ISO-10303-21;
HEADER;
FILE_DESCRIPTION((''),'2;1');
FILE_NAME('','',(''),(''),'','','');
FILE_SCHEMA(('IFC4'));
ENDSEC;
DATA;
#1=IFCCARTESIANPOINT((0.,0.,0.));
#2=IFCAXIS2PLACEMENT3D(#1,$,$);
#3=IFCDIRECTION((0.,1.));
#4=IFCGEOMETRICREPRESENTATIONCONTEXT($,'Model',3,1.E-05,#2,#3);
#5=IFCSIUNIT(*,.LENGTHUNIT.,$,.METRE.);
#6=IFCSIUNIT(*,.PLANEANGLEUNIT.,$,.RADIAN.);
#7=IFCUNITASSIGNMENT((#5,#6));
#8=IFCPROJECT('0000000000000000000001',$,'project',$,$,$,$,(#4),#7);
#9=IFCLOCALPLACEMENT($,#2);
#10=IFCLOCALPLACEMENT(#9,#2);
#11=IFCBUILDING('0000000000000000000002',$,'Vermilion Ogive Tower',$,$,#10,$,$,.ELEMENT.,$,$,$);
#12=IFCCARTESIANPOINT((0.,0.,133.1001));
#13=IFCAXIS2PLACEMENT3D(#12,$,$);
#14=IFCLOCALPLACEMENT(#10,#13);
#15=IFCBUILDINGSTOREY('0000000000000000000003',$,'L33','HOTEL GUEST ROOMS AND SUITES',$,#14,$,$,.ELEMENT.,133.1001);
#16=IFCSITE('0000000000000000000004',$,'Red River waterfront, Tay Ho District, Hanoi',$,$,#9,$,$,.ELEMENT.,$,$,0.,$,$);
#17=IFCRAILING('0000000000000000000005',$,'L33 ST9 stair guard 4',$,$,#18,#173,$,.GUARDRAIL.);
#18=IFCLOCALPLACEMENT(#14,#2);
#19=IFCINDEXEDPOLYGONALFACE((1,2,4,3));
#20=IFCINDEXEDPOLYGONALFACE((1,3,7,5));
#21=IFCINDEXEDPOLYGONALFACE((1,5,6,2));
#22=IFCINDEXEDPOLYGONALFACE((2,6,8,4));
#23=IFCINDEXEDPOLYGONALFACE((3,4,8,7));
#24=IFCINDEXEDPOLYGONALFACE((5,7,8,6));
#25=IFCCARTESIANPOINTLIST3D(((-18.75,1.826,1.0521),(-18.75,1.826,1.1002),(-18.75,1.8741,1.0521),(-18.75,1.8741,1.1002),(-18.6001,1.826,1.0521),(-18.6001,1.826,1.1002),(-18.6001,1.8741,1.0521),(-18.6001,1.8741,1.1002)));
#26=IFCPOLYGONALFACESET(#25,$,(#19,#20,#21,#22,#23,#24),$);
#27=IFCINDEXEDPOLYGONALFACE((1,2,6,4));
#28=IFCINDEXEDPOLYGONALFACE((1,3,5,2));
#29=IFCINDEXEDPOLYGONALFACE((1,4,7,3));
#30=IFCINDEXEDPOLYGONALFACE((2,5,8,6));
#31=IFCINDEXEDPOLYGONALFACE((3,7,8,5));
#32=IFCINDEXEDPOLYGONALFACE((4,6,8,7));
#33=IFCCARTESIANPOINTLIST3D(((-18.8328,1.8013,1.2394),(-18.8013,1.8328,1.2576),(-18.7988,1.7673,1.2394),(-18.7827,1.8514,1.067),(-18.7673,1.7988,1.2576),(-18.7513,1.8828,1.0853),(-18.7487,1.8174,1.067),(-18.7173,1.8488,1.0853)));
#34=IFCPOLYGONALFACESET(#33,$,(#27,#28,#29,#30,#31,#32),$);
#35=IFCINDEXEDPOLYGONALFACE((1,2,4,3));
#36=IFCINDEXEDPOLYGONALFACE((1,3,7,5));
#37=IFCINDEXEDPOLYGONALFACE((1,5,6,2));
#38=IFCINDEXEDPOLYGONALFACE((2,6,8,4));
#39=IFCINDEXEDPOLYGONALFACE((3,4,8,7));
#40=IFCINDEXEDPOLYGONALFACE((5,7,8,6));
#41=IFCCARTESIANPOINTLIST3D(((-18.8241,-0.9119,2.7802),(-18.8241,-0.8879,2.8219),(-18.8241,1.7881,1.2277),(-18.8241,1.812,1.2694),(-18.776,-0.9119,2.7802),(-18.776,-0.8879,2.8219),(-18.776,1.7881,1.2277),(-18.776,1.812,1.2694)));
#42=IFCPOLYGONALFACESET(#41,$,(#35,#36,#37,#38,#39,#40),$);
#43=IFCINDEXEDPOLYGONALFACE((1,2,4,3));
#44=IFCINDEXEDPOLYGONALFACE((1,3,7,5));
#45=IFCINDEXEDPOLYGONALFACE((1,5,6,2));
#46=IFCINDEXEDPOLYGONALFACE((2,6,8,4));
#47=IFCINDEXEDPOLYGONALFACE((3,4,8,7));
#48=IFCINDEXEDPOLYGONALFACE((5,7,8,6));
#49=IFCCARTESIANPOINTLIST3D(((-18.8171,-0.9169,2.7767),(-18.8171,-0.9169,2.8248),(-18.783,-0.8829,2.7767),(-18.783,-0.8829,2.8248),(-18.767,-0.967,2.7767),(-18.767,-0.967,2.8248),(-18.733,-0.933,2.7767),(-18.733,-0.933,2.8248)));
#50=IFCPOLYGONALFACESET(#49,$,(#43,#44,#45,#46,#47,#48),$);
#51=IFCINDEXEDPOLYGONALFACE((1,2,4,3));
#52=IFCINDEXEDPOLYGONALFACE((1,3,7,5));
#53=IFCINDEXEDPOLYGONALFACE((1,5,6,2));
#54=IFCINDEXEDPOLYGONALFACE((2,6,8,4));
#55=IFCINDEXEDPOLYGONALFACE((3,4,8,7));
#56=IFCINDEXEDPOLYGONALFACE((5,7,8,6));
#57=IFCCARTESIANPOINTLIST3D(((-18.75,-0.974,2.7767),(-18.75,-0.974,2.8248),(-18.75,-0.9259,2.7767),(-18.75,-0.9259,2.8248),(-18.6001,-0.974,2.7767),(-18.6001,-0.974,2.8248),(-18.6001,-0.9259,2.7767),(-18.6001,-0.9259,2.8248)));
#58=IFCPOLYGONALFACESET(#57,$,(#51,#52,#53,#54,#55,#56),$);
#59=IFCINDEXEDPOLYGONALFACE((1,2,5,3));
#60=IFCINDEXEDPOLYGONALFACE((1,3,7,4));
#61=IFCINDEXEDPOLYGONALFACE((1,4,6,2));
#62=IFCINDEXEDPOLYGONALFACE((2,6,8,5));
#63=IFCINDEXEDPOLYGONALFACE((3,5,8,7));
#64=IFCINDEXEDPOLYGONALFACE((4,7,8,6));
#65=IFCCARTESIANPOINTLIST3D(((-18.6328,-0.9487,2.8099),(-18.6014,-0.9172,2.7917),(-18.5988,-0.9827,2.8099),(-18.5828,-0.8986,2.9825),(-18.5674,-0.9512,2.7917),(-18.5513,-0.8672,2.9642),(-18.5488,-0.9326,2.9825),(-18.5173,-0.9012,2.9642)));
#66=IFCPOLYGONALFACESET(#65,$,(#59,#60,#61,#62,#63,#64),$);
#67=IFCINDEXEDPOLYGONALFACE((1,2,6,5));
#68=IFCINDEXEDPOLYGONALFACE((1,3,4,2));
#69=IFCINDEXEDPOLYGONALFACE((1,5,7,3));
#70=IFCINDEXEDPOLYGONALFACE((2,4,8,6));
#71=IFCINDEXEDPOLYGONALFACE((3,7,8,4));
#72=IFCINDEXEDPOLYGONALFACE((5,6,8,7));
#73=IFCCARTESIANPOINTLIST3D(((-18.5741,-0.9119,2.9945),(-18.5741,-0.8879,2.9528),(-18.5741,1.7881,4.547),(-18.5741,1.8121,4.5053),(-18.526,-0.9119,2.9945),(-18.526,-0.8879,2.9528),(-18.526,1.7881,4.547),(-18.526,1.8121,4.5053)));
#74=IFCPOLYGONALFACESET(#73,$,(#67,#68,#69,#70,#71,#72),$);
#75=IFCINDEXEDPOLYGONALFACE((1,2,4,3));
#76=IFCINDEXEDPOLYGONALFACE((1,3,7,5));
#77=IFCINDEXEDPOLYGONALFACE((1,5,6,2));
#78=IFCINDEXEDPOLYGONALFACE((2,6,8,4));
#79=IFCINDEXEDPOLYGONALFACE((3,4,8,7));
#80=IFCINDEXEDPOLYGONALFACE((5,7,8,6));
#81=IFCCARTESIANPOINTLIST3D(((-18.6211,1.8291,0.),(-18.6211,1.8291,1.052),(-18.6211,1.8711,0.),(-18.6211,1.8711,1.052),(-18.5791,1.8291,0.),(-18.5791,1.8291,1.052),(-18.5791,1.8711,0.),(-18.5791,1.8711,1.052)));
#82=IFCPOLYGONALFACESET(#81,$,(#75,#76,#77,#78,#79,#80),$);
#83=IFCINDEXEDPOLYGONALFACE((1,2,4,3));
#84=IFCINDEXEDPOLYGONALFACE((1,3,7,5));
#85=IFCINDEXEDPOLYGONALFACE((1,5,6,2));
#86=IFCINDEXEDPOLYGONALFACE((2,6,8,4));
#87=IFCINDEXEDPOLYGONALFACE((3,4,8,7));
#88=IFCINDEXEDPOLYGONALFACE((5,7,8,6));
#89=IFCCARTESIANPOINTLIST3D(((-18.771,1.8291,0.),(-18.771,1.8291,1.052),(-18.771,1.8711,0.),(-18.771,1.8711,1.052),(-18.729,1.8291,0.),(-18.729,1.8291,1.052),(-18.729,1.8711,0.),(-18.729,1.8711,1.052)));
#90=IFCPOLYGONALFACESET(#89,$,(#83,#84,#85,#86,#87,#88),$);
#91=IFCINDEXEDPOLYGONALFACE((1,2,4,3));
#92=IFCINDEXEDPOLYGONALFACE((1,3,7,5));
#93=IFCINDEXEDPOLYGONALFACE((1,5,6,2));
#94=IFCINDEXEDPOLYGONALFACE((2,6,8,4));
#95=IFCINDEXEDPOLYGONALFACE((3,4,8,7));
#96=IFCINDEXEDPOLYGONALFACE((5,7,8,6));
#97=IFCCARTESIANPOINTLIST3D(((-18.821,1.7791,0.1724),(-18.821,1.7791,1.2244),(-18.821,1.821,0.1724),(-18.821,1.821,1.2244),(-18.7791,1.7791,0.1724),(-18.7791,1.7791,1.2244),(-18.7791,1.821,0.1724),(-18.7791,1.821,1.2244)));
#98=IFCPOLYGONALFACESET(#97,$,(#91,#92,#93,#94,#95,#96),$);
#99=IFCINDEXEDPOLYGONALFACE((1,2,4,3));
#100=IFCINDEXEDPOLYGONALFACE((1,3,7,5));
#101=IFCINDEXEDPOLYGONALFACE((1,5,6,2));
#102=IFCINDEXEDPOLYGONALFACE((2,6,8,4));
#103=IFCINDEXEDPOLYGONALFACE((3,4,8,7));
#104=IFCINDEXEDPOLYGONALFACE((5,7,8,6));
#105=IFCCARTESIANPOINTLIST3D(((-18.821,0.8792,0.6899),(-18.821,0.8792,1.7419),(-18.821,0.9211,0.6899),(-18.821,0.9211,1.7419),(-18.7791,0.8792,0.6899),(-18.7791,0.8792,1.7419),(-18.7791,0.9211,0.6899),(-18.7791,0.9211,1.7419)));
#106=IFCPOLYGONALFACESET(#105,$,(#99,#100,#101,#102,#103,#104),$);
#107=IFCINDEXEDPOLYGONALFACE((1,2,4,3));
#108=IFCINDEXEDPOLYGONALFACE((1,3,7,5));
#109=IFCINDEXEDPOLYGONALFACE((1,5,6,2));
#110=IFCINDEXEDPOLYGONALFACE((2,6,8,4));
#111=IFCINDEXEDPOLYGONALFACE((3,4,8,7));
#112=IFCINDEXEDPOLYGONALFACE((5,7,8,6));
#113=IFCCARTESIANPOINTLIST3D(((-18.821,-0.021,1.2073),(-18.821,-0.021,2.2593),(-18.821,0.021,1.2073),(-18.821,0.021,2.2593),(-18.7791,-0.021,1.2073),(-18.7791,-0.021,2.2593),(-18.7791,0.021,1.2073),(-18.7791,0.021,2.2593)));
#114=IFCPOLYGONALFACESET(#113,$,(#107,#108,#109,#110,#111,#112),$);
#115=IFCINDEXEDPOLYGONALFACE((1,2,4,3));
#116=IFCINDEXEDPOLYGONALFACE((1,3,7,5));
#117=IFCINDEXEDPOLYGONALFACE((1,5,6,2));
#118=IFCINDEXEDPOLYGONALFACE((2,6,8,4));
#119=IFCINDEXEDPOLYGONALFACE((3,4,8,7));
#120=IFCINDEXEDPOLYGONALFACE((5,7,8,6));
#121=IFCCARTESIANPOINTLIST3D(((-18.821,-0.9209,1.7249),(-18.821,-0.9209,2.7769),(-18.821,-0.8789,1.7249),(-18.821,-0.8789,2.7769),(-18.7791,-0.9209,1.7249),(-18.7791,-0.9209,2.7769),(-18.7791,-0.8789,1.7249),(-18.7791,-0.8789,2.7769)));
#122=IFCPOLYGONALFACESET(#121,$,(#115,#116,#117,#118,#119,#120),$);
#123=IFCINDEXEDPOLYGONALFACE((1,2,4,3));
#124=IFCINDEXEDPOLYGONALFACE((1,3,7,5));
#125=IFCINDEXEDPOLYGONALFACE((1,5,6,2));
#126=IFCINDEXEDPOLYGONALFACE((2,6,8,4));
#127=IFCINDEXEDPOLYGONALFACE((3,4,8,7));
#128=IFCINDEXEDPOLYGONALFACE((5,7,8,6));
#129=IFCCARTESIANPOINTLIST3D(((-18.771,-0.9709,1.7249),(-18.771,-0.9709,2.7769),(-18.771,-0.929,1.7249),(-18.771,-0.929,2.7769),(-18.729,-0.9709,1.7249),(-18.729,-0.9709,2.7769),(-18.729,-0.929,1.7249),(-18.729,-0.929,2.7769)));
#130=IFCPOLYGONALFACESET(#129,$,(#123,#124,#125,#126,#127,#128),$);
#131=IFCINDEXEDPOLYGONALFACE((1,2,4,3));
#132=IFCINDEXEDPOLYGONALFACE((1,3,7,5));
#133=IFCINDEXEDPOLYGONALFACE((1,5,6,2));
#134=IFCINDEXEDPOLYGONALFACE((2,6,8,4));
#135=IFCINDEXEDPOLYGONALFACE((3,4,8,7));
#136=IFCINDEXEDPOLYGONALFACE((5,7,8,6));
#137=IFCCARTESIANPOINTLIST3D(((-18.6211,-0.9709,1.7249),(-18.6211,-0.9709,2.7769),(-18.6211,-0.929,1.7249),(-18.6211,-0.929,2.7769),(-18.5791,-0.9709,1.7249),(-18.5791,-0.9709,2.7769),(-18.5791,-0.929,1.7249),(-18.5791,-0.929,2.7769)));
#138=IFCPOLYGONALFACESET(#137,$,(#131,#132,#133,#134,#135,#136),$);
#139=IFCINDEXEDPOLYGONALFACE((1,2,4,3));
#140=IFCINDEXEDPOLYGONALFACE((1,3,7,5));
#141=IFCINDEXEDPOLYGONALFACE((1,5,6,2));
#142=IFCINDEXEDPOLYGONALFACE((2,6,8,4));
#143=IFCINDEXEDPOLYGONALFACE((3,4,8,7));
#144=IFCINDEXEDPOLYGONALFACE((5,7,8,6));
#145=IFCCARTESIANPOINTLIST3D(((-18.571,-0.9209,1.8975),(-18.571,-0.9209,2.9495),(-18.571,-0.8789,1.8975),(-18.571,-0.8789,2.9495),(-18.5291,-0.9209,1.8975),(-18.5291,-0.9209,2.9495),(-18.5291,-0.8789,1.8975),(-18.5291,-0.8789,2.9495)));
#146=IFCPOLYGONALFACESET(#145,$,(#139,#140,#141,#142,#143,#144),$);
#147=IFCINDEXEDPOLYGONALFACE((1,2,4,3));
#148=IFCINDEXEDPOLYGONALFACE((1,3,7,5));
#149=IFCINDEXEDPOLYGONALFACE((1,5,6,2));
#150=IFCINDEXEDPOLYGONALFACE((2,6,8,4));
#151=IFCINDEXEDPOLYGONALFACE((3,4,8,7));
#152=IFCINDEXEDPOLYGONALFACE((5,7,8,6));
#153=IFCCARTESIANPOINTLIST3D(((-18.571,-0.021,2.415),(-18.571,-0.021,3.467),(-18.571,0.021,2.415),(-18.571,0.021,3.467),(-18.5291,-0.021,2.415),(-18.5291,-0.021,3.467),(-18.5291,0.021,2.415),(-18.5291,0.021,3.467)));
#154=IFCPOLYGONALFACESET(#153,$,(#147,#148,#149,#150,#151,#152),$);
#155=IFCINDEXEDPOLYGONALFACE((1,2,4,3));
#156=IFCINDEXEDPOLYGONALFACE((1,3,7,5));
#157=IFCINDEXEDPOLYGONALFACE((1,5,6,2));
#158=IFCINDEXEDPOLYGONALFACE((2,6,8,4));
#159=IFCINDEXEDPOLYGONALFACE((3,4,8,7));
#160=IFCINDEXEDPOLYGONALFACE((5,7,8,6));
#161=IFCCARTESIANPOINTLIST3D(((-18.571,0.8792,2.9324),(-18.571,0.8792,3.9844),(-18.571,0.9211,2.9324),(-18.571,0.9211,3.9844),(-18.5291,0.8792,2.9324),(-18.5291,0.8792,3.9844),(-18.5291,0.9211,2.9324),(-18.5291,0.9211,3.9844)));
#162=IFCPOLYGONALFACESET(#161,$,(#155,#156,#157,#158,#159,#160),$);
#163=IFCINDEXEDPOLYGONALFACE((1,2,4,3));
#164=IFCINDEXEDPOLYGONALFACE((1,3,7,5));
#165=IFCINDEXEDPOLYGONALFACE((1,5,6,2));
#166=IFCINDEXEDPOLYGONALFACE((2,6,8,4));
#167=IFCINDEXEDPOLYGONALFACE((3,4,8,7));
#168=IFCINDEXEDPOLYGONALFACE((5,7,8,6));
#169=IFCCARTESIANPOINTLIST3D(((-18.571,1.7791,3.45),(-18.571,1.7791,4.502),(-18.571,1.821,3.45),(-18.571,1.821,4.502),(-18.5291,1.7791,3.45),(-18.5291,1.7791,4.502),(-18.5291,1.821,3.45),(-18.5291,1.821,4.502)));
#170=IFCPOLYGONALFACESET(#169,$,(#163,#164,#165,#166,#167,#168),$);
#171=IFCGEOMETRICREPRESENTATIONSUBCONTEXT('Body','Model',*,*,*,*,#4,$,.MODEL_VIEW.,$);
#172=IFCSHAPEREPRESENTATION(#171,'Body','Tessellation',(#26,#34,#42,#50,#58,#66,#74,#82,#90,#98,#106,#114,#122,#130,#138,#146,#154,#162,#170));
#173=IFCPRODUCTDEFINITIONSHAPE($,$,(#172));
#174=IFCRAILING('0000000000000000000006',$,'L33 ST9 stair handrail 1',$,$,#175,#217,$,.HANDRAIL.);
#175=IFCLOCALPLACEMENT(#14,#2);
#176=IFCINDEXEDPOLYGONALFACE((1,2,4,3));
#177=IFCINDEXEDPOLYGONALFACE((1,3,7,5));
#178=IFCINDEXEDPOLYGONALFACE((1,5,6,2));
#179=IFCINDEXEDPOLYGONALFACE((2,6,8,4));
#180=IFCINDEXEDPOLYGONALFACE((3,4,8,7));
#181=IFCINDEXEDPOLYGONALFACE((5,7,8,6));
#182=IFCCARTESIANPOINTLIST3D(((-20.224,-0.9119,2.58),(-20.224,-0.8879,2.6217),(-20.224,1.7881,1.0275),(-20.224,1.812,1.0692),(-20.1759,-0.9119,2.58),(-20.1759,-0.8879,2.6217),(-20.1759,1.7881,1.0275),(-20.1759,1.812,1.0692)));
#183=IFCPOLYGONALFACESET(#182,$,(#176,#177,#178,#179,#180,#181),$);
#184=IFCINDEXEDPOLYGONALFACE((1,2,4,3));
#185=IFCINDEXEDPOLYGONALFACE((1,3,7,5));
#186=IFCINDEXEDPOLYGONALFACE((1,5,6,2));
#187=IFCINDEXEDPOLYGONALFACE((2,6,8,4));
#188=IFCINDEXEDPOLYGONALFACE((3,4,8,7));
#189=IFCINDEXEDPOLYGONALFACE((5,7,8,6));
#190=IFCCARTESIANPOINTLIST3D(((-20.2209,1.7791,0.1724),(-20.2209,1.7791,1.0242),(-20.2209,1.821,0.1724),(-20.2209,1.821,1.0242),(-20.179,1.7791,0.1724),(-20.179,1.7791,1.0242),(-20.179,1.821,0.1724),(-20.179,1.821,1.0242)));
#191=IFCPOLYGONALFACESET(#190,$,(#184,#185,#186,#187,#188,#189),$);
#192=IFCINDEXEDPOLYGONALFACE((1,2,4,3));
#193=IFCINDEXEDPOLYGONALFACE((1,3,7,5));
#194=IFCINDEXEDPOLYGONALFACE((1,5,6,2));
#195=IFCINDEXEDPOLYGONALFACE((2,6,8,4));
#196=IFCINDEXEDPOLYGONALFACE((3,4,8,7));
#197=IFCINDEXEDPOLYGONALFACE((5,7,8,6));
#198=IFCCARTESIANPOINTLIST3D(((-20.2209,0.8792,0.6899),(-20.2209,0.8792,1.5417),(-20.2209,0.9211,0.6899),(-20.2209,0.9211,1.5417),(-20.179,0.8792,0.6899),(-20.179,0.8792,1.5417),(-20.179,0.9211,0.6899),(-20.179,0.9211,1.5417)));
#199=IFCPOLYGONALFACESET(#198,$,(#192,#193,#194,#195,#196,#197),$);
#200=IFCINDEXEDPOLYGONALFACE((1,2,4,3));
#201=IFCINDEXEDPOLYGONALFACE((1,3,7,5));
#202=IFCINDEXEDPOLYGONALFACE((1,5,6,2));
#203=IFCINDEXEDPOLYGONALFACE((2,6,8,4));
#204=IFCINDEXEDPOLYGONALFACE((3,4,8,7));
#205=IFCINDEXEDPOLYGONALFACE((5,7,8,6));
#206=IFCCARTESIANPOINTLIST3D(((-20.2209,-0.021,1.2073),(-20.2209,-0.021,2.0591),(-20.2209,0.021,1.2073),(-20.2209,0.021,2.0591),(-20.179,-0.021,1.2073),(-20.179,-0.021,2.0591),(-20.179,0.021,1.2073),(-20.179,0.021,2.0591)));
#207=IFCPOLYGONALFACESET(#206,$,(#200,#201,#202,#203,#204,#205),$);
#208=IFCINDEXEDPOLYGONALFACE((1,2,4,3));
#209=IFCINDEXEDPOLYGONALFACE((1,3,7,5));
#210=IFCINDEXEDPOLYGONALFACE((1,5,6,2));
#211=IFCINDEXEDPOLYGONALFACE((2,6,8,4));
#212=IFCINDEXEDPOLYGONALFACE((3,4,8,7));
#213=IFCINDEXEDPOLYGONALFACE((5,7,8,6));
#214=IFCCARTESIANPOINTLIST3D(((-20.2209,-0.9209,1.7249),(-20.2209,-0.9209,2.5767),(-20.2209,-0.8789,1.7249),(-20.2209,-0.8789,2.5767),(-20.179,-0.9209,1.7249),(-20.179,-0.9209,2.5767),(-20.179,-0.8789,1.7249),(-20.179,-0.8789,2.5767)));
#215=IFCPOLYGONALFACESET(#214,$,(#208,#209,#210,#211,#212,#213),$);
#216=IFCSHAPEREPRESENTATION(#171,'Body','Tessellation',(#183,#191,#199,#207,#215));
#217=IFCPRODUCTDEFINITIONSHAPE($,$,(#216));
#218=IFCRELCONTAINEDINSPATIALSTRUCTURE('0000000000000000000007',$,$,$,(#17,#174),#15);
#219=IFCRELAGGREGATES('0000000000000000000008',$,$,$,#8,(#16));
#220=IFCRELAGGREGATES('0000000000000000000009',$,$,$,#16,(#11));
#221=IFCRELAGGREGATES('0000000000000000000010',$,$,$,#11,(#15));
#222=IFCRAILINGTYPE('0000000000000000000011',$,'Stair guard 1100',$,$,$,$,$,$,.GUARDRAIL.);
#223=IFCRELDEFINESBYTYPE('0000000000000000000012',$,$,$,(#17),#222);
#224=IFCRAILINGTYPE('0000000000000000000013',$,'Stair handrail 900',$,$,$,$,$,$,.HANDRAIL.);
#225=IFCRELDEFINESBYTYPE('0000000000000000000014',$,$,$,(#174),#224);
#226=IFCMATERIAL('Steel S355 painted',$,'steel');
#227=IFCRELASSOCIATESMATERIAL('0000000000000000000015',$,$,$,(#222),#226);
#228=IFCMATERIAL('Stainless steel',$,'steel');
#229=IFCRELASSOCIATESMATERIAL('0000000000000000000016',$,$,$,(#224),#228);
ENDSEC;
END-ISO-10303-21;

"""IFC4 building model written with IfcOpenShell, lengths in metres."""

from ifc_helpers import new_model, si_unit, direction, frame, origin, origin_2d, place, context, subcontext, project, spatial, rectangle, extrude, material, type_object, element, save


model = new_model("IFC4")

# Units and contexts
model_context = context("Model", 3, precision=1e-05, world=origin(), true_north=direction((0.0, 1.0)))
body_context = subcontext(model_context, "Body", "Model", "MODEL_VIEW")
ifc_project = project(units=[si_unit("LENGTHUNIT", "METRE"), si_unit("PLANEANGLEUNIT", "RADIAN")], contexts=[model_context])

# Site, building, storey
site_placement = place(None, origin())
site = spatial("IfcSite", under=ifc_project, at=site_placement, Name="Red River waterfront, Tay Ho District, Hanoi", CompositionType="ELEMENT", RefElevation=0.0)
building_placement = place(site_placement, origin())
building = spatial("IfcBuilding", under=site, at=building_placement, Name="Vermilion Ogive Tower", CompositionType="ELEMENT")
storey_placement = place(building_placement, frame((0.0, 0.0, 133.1001)))
storey = spatial("IfcBuildingStorey", under=building, at=storey_placement, Name="L33", Description="HOTEL GUEST ROOMS AND SUITES", CompositionType="ELEMENT", Elevation=133.1001)

# Railings
ifc_material_1 = material(Name="Steel S355 painted", Category="steel")
railing_type_1 = type_object("IfcRailingType", Name="Stair guard 1100", PredefinedType="GUARDRAIL", material=ifc_material_1)
railing_1_placement = place(storey_placement, frame((-18.6001, 1.8501, 0.0)))
element("IfcRailing", 1, at=railing_1_placement, inside=storey, type_object=railing_type_1, Name="L33 ST9 stair guard 4", PredefinedType="GUARDRAIL", context=body_context, shape_type="SweptSolid", body=[
    extrude(rectangle(XDim=0.0481, YDim=0.0481, at=origin_2d()), frame((0.0, 0.0, 1.0762), z_axis=(-1.0, 0.0, 0.0), x_axis=(0.0, -1.0, 0.0)), (0.0, 0.0, 1.0), 0.1499),
    extrude(rectangle(XDim=0.0481, YDim=0.0481, at=origin_2d()), frame((-0.1499, 0.0, 1.0762), z_axis=(-0.268603, -0.268603, 0.925043), x_axis=(0.707107, -0.707107, 0.0)), (0.0, 0.0, 1.0), 0.1863),
    extrude(rectangle(XDim=0.0481, YDim=0.0481, at=origin_2d()), frame((-0.2, -0.05, 1.2485), z_axis=(0.0, -0.866904, 0.498476), x_axis=(1.0, 0.0, 0.0)), (0.0, 0.0, 1.0), 3.1145),
    extrude(rectangle(XDim=0.0481, YDim=0.0481, at=origin_2d()), frame((-0.2, -2.75, 2.8008), z_axis=(0.707107, -0.707107, 0.0), x_axis=(0.707107, 0.707107, 0.0)), (0.0, 0.0, 1.0), 0.0708),
    extrude(rectangle(XDim=0.0481, YDim=0.0481, at=origin_2d()), frame((-0.1499, -2.8, 2.8008), z_axis=(1.0, 0.0, 0.0), x_axis=(0.0, 1.0, 0.0)), (0.0, 0.0, 1.0), 0.1499),
    extrude(rectangle(XDim=0.0481, YDim=0.0481, at=origin_2d()), frame((0.0, -2.8, 2.8008), z_axis=(0.268278, 0.268278, 0.925232), x_axis=(-0.707107, 0.707107, 0.0)), (0.0, 0.0, 1.0), 0.1865),
    extrude(rectangle(XDim=0.0481, YDim=0.0481, at=origin_2d()), frame((0.05, -2.75, 2.9736), z_axis=(0.0, 0.866904, 0.498476), x_axis=(-1.0, 0.0, 0.0)), (0.0, 0.0, 1.0), 3.1145),
    extrude(rectangle(XDim=0.042, YDim=0.042, at=origin_2d()), origin(), (0.0, 0.0, 1.0), 1.052),
    extrude(rectangle(XDim=0.042, YDim=0.042, at=origin_2d()), frame((-0.1499, 0.0, 0.0)), (0.0, 0.0, 1.0), 1.052),
    extrude(rectangle(XDim=0.042, YDim=0.042, at=origin_2d()), frame((-0.2, -0.05, 0.1724)), (0.0, 0.0, 1.0), 1.052),
    extrude(rectangle(XDim=0.042, YDim=0.042, at=origin_2d()), frame((-0.2, -0.95, 0.6899)), (0.0, 0.0, 1.0), 1.052),
    extrude(rectangle(XDim=0.042, YDim=0.042, at=origin_2d()), frame((-0.2, -1.8501, 1.2073)), (0.0, 0.0, 1.0), 1.052),
    extrude(rectangle(XDim=0.042, YDim=0.042, at=origin_2d()), frame((-0.2, -2.75, 1.7249)), (0.0, 0.0, 1.0), 1.052),
    extrude(rectangle(XDim=0.042, YDim=0.042, at=origin_2d()), frame((-0.1499, -2.8, 1.7249)), (0.0, 0.0, 1.0), 1.052),
    extrude(rectangle(XDim=0.042, YDim=0.042, at=origin_2d()), frame((0.0, -2.8, 1.7249)), (0.0, 0.0, 1.0), 1.052),
    extrude(rectangle(XDim=0.042, YDim=0.042, at=origin_2d()), frame((0.05, -2.75, 1.8975)), (0.0, 0.0, 1.0), 1.052),
    extrude(rectangle(XDim=0.042, YDim=0.042, at=origin_2d()), frame((0.05, -1.8501, 2.415)), (0.0, 0.0, 1.0), 1.052),
    extrude(rectangle(XDim=0.042, YDim=0.042, at=origin_2d()), frame((0.05, -0.95, 2.9324)), (0.0, 0.0, 1.0), 1.052),
    extrude(rectangle(XDim=0.042, YDim=0.042, at=origin_2d()), frame((0.05, -0.05, 3.45)), (0.0, 0.0, 1.0), 1.052),
])
ifc_material_2 = material(Name="Stainless steel", Category="steel")
railing_type_2 = type_object("IfcRailingType", Name="Stair handrail 900", PredefinedType="HANDRAIL", material=ifc_material_2)
railing_2_placement = place(storey_placement, frame((-20.2, 1.8, 0.1724)))
element("IfcRailing", 2, at=railing_2_placement, inside=storey, type_object=railing_type_2, Name="L33 ST9 stair handrail 1", PredefinedType="HANDRAIL", context=body_context, shape_type="SweptSolid", body=[
    extrude(rectangle(XDim=0.0481, YDim=0.0481, at=origin_2d()), frame((0.0, 0.0, 0.876), z_axis=(0.0, -0.866904, 0.498476), x_axis=(1.0, 0.0, 0.0)), (0.0, 0.0, 1.0), 3.1145),
    extrude(rectangle(XDim=0.042, YDim=0.042, at=origin_2d()), origin(), (0.0, 0.0, 1.0), 0.8518),
    extrude(rectangle(XDim=0.042, YDim=0.042, at=origin_2d()), frame((0.0, -0.8999, 0.5176)), (0.0, 0.0, 1.0), 0.8518),
    extrude(rectangle(XDim=0.042, YDim=0.042, at=origin_2d()), frame((0.0, -1.8, 1.0349)), (0.0, 0.0, 1.0), 0.8518),
    extrude(rectangle(XDim=0.042, YDim=0.042, at=origin_2d()), frame((0.0, -2.7, 1.5525)), (0.0, 0.0, 1.0), 0.8518),
])

save(model, "model.ifc")
